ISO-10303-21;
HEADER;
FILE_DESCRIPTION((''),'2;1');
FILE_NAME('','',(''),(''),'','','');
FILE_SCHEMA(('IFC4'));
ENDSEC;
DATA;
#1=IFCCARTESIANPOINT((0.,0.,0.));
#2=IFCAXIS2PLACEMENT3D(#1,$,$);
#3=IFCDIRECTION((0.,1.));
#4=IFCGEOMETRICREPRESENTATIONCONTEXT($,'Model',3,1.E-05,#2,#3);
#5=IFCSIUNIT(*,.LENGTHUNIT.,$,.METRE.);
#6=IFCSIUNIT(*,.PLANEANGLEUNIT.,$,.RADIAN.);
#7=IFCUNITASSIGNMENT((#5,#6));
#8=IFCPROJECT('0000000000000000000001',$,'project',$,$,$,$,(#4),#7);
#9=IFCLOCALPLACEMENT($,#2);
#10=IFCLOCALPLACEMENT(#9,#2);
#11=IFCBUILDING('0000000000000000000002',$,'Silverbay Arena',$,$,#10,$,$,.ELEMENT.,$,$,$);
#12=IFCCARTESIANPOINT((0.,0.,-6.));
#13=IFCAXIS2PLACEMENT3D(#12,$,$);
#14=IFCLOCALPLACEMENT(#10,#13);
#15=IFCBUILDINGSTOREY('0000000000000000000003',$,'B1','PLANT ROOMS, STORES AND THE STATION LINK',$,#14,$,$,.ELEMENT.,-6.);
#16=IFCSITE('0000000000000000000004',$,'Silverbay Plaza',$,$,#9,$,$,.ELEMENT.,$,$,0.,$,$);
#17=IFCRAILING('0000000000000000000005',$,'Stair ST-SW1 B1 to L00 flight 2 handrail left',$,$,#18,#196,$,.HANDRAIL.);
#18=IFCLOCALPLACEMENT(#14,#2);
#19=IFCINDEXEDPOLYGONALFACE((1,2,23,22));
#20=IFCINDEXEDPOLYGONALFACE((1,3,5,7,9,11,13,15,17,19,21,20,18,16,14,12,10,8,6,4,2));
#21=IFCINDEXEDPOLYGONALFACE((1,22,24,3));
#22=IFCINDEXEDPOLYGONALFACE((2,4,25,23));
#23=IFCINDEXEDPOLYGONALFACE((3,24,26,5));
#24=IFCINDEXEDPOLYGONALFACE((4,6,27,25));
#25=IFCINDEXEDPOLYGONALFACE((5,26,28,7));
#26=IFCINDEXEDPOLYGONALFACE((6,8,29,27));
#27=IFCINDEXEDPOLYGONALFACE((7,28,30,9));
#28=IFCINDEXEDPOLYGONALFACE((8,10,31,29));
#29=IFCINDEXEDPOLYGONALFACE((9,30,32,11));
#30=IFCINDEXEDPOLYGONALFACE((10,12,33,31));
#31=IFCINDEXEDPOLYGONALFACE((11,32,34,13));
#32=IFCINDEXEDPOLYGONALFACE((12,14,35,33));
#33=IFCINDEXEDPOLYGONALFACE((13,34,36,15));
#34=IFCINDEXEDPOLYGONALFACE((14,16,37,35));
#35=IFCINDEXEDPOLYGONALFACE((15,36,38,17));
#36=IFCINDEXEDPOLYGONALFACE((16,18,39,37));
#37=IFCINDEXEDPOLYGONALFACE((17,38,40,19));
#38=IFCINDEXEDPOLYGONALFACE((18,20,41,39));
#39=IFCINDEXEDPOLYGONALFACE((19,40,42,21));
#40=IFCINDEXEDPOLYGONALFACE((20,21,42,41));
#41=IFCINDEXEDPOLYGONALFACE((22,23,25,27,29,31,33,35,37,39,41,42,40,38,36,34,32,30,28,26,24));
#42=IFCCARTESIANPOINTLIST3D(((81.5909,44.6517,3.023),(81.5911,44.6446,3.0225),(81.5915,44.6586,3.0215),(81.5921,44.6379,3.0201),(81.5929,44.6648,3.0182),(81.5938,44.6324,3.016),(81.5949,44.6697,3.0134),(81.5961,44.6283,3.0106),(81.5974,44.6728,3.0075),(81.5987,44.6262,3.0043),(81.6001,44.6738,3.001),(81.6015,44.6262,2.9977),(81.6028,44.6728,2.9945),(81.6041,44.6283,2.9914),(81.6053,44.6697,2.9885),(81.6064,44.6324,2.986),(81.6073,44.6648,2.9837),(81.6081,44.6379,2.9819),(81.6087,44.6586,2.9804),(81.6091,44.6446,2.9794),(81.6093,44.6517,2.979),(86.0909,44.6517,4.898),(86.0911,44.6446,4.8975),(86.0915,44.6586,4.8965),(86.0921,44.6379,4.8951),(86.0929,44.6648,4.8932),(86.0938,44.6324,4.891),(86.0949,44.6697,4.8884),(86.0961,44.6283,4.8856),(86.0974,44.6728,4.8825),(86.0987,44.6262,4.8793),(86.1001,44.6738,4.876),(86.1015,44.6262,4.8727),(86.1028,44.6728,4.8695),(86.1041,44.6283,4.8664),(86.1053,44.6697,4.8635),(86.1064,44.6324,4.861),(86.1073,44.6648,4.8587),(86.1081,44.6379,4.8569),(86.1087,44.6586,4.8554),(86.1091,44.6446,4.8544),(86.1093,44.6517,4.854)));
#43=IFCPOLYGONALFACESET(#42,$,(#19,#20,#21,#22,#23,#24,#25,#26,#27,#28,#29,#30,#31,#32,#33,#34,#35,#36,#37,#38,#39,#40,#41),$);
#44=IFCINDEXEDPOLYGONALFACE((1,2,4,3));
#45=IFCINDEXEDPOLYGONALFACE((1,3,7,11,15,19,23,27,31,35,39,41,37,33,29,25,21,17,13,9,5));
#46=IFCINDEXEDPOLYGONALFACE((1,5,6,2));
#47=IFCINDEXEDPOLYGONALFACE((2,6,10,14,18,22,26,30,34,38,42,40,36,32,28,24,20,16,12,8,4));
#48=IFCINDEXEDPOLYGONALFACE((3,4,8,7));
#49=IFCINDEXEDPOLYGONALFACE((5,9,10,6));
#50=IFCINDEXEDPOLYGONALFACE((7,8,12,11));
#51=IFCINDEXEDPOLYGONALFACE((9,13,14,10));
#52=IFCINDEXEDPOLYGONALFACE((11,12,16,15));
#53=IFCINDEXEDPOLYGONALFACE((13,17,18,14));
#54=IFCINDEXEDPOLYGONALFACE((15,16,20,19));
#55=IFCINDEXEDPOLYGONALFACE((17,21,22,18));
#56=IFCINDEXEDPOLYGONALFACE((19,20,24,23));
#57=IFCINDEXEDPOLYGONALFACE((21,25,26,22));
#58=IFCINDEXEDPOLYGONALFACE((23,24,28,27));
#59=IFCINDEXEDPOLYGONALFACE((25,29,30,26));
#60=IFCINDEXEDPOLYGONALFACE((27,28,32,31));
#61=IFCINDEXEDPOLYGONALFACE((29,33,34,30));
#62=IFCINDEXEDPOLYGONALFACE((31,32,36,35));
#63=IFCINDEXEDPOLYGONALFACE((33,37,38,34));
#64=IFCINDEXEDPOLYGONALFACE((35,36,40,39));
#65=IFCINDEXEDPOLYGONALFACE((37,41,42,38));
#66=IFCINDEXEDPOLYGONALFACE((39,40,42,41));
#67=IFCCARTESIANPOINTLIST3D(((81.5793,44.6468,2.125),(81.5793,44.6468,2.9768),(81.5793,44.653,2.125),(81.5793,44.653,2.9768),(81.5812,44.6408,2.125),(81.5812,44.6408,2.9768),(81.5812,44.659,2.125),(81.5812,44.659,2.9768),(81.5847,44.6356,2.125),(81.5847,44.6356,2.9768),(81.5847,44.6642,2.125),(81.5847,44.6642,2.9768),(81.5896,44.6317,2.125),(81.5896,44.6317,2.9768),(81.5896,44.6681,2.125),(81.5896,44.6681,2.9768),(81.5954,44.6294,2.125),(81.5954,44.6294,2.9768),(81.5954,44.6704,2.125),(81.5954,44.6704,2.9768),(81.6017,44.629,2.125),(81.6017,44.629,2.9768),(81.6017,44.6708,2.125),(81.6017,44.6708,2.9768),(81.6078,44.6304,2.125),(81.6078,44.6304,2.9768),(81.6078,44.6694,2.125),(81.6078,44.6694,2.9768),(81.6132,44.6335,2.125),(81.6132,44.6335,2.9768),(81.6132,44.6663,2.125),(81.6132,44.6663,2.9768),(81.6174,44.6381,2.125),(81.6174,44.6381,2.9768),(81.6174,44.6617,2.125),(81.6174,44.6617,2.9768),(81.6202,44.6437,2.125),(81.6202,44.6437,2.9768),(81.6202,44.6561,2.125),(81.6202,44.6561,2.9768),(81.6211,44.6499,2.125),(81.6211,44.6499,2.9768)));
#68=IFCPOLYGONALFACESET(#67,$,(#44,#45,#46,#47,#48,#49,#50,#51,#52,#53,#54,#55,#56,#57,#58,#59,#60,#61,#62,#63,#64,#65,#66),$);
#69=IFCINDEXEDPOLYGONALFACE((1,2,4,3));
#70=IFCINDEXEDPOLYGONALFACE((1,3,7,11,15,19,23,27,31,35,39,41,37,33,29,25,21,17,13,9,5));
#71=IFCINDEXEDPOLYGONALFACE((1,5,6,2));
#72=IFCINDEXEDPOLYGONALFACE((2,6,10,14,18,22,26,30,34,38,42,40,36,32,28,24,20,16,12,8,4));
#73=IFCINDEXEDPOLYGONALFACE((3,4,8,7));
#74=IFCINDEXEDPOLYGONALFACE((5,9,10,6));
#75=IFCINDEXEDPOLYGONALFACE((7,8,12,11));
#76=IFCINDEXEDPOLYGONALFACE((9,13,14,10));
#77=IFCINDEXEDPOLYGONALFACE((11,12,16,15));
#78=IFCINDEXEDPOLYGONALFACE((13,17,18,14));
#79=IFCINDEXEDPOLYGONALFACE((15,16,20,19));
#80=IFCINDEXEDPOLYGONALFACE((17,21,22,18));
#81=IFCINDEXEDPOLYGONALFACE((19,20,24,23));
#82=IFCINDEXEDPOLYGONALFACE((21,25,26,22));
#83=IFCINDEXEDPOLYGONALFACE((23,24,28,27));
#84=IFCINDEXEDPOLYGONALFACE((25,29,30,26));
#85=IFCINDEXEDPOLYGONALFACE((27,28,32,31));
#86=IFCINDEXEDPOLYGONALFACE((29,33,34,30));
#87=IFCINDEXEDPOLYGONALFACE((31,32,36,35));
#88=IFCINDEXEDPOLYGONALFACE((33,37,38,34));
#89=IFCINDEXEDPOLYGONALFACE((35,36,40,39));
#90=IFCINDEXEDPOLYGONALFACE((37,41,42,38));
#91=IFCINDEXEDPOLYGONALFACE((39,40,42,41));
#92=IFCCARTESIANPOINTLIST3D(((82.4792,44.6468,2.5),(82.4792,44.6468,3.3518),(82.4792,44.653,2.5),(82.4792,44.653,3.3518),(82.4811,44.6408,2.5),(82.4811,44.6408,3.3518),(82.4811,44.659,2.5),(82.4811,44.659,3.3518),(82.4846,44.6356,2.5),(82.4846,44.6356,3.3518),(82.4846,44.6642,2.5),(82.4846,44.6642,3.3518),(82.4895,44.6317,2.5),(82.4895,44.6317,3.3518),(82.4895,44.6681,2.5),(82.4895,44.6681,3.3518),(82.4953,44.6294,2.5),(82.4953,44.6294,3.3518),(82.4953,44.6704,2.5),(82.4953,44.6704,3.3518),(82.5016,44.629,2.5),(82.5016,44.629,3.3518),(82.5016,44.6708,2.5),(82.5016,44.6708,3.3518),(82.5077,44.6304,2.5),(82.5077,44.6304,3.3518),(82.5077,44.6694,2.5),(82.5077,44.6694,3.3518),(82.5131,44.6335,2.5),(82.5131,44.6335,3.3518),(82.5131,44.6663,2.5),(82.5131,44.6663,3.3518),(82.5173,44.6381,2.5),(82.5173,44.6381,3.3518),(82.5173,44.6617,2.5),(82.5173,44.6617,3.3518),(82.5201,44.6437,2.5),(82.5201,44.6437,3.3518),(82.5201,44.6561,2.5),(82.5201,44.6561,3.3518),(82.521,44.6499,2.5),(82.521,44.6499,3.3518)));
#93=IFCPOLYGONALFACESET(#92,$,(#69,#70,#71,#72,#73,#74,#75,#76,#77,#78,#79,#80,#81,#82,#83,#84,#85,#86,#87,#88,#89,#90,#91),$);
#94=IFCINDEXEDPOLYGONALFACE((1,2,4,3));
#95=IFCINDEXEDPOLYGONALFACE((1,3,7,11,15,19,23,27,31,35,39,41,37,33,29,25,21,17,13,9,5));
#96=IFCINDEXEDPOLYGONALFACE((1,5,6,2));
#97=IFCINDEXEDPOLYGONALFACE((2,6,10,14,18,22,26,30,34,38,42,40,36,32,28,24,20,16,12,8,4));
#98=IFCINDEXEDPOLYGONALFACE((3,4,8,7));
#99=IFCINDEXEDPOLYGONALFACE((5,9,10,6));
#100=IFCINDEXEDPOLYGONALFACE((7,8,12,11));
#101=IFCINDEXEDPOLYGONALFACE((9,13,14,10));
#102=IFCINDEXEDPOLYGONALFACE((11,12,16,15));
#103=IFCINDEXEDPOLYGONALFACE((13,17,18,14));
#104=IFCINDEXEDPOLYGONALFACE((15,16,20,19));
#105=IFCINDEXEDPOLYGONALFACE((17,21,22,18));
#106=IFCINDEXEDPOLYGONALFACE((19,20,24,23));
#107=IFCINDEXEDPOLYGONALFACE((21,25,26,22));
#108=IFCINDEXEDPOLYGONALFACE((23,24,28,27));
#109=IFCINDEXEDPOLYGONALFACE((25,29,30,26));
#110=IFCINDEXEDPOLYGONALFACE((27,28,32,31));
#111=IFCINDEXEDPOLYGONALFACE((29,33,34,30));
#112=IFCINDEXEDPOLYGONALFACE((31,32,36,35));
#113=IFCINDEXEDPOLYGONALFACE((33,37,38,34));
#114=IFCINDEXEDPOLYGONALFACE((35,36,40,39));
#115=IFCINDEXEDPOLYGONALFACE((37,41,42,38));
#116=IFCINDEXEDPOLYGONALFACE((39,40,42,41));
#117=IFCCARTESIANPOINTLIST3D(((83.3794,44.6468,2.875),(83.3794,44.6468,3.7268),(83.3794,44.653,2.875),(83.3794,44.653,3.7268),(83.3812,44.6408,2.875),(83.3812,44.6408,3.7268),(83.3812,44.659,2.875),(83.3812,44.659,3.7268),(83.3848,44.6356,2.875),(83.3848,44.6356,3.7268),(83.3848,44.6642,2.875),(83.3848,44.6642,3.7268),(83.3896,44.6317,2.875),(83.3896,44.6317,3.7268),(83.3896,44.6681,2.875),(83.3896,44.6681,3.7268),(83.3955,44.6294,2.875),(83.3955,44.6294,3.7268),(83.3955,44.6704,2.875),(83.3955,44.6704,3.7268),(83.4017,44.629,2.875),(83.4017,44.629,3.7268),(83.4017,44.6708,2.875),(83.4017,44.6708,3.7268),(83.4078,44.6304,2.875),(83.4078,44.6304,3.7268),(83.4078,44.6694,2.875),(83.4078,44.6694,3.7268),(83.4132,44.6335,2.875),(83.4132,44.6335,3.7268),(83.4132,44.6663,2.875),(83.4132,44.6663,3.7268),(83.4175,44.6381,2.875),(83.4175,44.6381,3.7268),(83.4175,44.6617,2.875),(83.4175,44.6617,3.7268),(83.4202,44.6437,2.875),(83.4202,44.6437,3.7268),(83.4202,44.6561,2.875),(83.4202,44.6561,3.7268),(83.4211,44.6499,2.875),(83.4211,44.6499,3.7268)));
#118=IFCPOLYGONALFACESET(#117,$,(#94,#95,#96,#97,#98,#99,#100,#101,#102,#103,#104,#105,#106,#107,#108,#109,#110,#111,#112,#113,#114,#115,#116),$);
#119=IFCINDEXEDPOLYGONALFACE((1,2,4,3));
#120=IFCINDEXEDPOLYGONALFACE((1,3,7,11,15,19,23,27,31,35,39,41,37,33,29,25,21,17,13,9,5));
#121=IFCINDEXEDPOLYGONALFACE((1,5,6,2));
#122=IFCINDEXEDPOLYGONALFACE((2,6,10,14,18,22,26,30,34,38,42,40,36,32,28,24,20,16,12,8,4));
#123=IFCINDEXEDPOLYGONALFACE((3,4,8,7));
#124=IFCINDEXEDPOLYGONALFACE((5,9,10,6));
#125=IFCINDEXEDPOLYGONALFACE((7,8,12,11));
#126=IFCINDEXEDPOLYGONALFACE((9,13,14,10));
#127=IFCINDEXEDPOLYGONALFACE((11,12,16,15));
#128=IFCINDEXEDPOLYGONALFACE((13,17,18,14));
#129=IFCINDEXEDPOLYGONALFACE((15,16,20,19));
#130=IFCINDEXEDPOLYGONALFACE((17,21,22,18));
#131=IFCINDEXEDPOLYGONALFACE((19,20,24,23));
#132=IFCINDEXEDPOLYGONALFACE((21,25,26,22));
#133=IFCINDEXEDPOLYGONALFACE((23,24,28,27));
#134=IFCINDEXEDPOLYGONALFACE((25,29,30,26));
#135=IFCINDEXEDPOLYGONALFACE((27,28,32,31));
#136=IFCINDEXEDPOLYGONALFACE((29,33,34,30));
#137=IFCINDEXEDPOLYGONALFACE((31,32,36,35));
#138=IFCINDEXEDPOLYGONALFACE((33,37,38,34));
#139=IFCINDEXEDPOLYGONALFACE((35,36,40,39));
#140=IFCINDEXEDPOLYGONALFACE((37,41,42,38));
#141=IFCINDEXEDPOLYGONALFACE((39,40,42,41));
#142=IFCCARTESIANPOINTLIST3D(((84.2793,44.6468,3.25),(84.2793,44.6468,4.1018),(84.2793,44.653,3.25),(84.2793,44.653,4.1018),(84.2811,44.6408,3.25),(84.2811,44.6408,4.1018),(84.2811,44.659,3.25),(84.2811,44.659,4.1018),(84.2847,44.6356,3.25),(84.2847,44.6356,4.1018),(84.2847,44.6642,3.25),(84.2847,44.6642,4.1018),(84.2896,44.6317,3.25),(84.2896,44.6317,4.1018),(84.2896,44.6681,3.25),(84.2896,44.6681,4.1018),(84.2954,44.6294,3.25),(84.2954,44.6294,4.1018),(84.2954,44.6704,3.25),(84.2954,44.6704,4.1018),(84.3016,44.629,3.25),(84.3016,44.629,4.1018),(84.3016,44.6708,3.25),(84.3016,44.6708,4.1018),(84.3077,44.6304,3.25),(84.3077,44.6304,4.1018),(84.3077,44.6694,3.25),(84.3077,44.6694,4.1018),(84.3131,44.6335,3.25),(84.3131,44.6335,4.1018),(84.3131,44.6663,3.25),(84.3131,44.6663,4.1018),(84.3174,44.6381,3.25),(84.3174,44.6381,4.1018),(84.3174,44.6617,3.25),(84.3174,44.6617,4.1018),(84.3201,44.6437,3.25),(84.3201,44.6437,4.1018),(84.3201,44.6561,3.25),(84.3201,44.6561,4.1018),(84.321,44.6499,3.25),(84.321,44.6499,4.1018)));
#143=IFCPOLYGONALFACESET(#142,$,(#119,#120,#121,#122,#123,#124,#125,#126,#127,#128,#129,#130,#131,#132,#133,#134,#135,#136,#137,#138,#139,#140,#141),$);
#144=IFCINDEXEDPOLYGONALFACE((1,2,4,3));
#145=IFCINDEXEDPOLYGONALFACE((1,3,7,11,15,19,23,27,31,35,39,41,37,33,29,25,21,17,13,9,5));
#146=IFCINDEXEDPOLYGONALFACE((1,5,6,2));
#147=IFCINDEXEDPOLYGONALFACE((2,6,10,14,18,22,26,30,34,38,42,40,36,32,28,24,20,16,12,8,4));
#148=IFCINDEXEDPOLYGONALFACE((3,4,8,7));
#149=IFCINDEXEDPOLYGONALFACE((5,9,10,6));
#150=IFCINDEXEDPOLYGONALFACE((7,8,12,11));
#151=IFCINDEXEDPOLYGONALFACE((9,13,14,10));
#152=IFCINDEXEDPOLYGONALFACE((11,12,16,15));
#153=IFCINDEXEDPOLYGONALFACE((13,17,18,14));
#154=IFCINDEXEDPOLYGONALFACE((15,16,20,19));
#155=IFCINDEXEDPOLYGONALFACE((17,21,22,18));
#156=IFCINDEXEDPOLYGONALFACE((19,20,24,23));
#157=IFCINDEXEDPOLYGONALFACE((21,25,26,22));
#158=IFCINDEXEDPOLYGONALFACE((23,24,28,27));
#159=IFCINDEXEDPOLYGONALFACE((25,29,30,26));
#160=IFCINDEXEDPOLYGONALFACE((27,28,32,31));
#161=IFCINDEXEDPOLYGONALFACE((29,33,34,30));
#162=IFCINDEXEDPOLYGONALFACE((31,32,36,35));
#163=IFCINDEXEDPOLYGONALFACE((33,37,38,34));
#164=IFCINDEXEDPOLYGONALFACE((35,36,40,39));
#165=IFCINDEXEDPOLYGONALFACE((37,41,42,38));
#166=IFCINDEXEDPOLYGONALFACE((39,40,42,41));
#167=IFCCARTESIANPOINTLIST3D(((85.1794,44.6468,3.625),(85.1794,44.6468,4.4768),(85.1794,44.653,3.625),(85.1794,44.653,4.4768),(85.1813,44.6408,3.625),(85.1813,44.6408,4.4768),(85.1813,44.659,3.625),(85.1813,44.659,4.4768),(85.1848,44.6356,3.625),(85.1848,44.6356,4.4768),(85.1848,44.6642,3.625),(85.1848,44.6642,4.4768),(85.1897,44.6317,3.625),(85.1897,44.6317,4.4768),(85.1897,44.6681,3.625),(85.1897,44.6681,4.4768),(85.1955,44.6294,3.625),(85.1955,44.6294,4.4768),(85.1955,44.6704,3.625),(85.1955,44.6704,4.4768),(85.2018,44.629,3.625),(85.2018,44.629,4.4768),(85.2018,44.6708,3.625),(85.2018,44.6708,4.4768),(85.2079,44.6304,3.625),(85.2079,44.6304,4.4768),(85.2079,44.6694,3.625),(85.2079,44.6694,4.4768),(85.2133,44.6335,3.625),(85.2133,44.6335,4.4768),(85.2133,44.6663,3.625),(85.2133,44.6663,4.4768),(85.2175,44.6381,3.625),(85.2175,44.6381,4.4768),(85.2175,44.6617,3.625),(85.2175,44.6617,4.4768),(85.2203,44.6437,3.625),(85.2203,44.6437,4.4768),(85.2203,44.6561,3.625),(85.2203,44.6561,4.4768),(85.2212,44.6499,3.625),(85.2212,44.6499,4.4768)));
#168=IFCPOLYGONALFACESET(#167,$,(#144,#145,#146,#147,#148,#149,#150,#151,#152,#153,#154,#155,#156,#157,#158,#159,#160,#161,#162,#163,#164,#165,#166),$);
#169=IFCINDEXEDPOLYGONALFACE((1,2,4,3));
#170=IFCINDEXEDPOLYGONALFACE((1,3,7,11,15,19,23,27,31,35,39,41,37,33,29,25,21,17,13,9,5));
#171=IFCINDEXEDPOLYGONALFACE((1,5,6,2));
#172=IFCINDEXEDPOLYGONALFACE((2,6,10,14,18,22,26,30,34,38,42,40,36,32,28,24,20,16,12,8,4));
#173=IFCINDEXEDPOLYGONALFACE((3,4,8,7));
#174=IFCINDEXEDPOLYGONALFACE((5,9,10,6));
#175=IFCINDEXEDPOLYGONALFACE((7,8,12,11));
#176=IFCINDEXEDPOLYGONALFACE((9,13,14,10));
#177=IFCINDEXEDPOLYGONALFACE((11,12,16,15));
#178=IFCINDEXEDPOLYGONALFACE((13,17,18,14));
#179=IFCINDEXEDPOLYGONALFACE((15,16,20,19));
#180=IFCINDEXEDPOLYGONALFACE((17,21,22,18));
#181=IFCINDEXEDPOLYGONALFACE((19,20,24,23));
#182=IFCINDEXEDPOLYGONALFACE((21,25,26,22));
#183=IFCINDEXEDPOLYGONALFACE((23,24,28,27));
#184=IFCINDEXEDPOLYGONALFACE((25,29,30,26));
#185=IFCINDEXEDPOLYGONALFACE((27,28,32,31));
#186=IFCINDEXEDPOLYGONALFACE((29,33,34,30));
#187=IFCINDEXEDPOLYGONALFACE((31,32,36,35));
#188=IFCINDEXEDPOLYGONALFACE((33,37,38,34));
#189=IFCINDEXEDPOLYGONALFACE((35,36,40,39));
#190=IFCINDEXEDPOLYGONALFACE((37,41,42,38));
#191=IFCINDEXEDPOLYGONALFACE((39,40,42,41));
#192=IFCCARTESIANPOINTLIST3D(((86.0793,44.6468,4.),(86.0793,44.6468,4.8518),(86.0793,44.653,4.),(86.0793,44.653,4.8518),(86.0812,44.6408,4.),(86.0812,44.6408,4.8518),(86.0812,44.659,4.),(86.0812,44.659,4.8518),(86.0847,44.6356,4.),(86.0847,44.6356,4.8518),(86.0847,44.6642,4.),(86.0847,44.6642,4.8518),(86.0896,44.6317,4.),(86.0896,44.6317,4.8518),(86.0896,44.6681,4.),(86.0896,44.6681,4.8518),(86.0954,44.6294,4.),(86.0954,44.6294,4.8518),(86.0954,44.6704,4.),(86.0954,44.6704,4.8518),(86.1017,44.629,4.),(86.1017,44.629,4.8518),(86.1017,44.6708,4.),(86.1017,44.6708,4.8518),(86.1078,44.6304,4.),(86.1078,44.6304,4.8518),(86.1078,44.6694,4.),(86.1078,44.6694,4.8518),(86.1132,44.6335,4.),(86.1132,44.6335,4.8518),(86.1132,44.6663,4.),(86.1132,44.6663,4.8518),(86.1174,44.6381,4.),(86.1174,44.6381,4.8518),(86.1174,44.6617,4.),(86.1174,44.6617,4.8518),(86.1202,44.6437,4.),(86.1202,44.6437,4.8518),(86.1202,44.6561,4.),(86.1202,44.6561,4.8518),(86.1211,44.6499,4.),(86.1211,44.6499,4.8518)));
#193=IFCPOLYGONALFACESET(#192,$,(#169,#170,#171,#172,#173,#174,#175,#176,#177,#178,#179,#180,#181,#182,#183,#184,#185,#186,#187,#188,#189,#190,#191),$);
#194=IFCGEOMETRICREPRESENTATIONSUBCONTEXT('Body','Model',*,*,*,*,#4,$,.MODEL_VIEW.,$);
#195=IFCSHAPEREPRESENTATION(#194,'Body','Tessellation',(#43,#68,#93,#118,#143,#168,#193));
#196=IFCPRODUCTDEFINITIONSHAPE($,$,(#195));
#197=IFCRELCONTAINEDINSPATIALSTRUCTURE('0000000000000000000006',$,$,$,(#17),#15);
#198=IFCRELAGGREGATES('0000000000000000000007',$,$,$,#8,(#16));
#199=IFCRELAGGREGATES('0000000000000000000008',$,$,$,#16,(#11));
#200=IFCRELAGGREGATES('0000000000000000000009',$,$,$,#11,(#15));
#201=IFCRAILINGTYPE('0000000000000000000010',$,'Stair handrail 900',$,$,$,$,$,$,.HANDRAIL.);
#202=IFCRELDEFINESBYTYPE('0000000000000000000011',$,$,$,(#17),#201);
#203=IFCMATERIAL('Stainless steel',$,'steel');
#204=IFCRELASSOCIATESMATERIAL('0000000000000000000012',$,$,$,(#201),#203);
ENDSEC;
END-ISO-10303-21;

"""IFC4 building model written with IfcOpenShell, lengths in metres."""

from ifc_helpers import new_model, si_unit, direction, frame, origin, origin_2d, place, context, subcontext, project, spatial, circle, extrude, material, type_object, element, save


model = new_model("IFC4")

# Units and contexts
model_context = context("Model", 3, precision=1e-05, world=origin(), true_north=direction((0.0, 1.0)))
body_context = subcontext(model_context, "Body", "Model", "MODEL_VIEW")
ifc_project = project(units=[si_unit("LENGTHUNIT", "METRE"), si_unit("PLANEANGLEUNIT", "RADIAN")], contexts=[model_context])

# Site, building, storey
site_placement = place(None, origin())
site = spatial("IfcSite", under=ifc_project, at=site_placement, Name="Silverbay Plaza", CompositionType="ELEMENT", RefElevation=0.0)
building_placement = place(site_placement, origin())
building = spatial("IfcBuilding", under=site, at=building_placement, Name="Silverbay Arena", CompositionType="ELEMENT")
storey_placement = place(building_placement, frame((0.0, 0.0, -6.0)))
storey = spatial("IfcBuildingStorey", under=building, at=storey_placement, Name="B1", Description="PLANT ROOMS, STORES AND THE STATION LINK", CompositionType="ELEMENT", Elevation=-6.0)

# Railing
ifc_material_1 = material(Name="Stainless steel", Category="steel")
railing_type_1 = type_object("IfcRailingType", Name="Stair handrail 900", PredefinedType="HANDRAIL", material=ifc_material_1)
for number, where, name in (
    (1, (81.6001, 44.6499, 2.125), "Stair ST-SW1 B1 to L00 flight 2 handrail left"),
):
    element("IfcRailing", number, at=place(storey_placement, frame(where)), inside=storey, type_object=railing_type_1, Name=name, PredefinedType="HANDRAIL", context=body_context, shape_type="SweptSolid", body=[
        extrude(circle(Radius=0.0239, at=origin_2d()), frame((0.0, 0.0, 0.876), z_axis=(0.923077, 0.0, 0.384615), x_axis=(0.0, 1.0, 0.0)), (0.0, 0.0, 1.0), 4.875),
        extrude(circle(Radius=0.021, at=origin_2d()), origin(), (0.0, 0.0, 1.0), 0.8518),
        extrude(circle(Radius=0.021, at=origin_2d()), frame((0.8999, 0.0, 0.375)), (0.0, 0.0, 1.0), 0.8518),
        extrude(circle(Radius=0.021, at=origin_2d()), frame((1.8, 0.0, 0.75)), (0.0, 0.0, 1.0), 0.8518),
        extrude(circle(Radius=0.021, at=origin_2d()), frame((2.7, 0.0, 1.125)), (0.0, 0.0, 1.0), 0.8518),
        extrude(circle(Radius=0.021, at=origin_2d()), frame((3.6001, 0.0, 1.5)), (0.0, 0.0, 1.0), 0.8518),
        extrude(circle(Radius=0.021, at=origin_2d()), frame((4.5, 0.0, 1.875)), (0.0, 0.0, 1.0), 0.8518),
    ])

save(model, "model.ifc")
